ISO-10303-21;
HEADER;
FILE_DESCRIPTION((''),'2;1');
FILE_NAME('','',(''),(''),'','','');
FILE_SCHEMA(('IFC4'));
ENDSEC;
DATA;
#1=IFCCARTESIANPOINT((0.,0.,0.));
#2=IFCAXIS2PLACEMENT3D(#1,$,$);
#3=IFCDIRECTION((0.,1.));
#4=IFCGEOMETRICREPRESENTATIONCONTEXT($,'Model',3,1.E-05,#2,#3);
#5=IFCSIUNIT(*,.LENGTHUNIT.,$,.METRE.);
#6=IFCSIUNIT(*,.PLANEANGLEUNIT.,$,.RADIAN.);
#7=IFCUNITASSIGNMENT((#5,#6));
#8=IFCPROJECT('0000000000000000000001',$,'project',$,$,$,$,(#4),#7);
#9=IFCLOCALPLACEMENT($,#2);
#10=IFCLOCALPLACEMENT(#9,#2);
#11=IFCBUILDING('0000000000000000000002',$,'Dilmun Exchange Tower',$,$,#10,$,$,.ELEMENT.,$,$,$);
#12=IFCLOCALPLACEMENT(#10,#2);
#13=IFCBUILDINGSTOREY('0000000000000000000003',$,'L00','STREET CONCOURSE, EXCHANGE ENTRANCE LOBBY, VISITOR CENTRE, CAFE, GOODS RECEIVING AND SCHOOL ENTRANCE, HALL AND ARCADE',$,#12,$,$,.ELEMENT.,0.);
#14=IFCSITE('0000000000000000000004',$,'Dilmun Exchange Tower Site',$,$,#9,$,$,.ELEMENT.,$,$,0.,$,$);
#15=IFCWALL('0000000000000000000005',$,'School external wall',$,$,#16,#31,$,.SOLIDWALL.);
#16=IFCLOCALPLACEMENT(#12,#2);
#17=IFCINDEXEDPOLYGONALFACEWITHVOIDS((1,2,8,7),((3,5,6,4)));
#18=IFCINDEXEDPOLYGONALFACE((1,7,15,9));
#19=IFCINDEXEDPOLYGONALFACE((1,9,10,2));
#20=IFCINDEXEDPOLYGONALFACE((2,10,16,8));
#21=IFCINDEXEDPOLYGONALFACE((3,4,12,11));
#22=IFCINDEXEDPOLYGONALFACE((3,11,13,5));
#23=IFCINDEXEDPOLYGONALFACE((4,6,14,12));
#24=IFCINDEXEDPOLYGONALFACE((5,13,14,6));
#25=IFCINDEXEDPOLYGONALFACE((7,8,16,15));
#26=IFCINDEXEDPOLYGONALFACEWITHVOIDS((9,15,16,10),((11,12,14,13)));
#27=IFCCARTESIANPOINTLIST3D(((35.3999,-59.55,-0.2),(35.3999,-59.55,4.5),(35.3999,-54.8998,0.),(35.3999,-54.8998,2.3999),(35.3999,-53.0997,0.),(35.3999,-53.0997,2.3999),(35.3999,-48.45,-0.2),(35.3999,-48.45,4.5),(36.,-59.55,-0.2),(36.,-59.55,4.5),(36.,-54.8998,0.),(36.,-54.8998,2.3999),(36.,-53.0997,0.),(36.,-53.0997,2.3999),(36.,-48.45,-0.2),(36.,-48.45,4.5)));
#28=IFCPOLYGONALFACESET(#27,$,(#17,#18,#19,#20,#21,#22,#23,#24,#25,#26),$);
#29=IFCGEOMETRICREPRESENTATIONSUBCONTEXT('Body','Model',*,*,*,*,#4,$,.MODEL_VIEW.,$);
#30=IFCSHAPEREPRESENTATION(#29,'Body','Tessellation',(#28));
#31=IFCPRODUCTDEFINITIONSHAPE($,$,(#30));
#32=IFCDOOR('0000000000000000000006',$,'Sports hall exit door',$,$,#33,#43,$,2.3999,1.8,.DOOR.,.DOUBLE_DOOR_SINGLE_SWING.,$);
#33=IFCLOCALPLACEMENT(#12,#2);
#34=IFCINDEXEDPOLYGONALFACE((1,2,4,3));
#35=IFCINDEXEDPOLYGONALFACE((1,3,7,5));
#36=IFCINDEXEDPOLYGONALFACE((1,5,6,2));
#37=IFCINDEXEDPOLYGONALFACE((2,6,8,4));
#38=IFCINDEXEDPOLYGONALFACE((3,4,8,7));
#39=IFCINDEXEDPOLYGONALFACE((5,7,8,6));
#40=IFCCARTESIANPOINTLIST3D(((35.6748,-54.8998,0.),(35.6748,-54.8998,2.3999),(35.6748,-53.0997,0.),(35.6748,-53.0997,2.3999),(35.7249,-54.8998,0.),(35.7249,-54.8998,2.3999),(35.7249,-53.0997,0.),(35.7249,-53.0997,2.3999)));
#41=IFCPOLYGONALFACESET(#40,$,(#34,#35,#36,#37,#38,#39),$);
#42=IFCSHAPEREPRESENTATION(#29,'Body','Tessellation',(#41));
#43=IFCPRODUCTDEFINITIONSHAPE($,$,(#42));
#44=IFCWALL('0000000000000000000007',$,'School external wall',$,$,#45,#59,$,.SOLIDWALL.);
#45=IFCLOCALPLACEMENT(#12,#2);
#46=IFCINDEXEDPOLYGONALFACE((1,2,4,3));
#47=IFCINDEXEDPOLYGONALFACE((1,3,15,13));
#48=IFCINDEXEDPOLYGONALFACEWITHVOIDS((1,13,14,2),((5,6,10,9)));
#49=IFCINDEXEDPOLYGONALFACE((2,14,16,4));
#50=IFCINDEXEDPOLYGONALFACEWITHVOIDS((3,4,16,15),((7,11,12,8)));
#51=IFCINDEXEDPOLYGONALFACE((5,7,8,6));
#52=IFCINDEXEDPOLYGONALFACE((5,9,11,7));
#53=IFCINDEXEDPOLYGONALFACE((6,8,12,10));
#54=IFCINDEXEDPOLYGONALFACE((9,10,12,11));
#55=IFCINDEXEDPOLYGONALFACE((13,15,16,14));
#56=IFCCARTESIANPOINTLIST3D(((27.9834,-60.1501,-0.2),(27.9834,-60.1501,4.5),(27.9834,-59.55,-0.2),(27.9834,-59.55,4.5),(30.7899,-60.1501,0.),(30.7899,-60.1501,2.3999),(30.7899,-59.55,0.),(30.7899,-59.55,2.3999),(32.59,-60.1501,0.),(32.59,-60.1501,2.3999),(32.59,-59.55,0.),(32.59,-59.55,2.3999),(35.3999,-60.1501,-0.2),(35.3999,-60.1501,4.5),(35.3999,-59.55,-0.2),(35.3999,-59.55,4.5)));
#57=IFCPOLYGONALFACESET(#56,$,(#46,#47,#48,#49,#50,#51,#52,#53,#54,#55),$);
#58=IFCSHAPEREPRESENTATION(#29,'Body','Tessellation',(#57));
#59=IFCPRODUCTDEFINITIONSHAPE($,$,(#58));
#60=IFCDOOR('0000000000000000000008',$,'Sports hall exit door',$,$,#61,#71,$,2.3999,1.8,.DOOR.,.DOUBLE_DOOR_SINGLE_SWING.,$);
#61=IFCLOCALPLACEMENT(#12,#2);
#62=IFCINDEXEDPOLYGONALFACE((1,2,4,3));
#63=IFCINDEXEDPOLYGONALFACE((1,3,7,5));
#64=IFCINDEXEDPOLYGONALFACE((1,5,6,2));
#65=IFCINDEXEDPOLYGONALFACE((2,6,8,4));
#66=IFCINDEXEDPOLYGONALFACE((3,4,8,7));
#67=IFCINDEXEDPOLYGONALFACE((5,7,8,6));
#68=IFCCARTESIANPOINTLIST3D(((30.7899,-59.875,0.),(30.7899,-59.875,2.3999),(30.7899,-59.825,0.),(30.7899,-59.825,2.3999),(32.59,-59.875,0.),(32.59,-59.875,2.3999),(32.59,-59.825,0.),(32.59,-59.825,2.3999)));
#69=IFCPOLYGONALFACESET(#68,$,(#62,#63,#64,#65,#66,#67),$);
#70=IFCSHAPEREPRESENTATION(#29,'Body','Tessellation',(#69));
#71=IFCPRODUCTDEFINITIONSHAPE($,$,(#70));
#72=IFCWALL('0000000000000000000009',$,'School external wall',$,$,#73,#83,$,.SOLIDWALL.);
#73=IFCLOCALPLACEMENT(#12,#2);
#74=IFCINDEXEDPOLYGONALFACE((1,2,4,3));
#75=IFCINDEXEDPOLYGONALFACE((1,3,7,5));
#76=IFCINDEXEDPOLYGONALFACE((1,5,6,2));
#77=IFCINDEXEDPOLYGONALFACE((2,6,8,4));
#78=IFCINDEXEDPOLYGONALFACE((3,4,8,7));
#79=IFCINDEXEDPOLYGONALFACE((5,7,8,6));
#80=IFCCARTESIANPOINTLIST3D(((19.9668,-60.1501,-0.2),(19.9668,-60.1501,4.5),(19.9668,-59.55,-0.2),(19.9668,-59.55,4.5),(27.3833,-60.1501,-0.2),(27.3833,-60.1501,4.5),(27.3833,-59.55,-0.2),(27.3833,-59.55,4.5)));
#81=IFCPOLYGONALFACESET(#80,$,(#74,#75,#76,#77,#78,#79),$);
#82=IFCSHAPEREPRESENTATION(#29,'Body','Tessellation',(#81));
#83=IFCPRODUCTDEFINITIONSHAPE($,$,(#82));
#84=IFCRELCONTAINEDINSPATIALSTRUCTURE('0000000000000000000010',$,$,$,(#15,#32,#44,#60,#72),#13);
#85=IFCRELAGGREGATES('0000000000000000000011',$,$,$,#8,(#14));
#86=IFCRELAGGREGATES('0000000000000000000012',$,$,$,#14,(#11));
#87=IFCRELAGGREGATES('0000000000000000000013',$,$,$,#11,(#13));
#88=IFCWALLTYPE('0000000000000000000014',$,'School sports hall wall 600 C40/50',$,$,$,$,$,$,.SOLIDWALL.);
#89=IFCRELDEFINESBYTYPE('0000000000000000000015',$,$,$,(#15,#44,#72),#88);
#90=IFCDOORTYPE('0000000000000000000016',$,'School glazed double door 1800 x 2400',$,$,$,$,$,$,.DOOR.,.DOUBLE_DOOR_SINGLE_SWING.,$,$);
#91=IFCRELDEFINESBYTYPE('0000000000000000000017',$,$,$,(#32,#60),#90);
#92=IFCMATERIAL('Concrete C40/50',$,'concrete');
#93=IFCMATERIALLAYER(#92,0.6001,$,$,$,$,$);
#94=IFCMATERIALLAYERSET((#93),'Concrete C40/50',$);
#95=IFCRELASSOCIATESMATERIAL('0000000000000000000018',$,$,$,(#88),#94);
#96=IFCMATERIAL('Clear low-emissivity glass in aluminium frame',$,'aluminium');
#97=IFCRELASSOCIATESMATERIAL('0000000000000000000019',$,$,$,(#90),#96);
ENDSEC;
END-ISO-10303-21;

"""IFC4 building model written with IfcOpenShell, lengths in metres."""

from ifc_helpers import new_model, si_unit, direction, frame, frame_2d, origin, place, context, subcontext, project, spatial, rectangle, extrude, material, layer, layer_set, type_object, element, fill, save


model = new_model("IFC4")

# Units and contexts
model_context = context("Model", 3, precision=1e-05, world=origin(), true_north=direction((0.0, 1.0)))
body_context = subcontext(model_context, "Body", "Model", "MODEL_VIEW")
ifc_project = project(units=[si_unit("LENGTHUNIT", "METRE"), si_unit("PLANEANGLEUNIT", "RADIAN")], contexts=[model_context])

# Site, building, storey
site_placement = place(None, origin())
site = spatial("IfcSite", under=ifc_project, at=site_placement, Name="Dilmun Exchange Tower Site", CompositionType="ELEMENT", RefElevation=0.0)
building_placement = place(site_placement, origin())
building = spatial("IfcBuilding", under=site, at=building_placement, Name="Dilmun Exchange Tower", CompositionType="ELEMENT")
storey_placement = place(building_placement, origin())
storey = spatial("IfcBuildingStorey", under=building, at=storey_placement, Name="L00", Description="STREET CONCOURSE, EXCHANGE ENTRANCE LOBBY, VISITOR CENTRE, CAFE, GOODS RECEIVING AND SCHOOL ENTRANCE, HALL AND ARCADE", CompositionType="ELEMENT", Elevation=0.0)

# Shared definitions
ifc_material_1 = material(Name="Concrete C40/50", Category="concrete")

# Walls, openings, doors
ifc_layer = layer(ifc_material_1, 0.6001)
ifc_layer_set = layer_set([ifc_layer], Name="Concrete C40/50")
wall_type = type_object("IfcWallType", Name="School sports hall wall 600 C40/50", PredefinedType="SOLIDWALL", material=ifc_layer_set)
wall_1_placement = place(storey_placement, frame((35.7, -48.45, -0.2), z_axis=(0.0, 0.0, 1.0), x_axis=(0.0, -1.0, 0.0)))
wall_1 = element("IfcWall", 1, at=wall_1_placement, inside=storey, type_object=wall_type, Name="School external wall", PredefinedType="SOLIDWALL", context=body_context, shape_type="SweptSolid", body=[
    extrude(rectangle(XDim=11.1001, YDim=0.6001, at=frame_2d((5.55, 0.0))), origin(), (0.0, 0.0, 1.0), 4.7),
])
opening_1_placement = place(wall_1_placement, frame((4.6499, 0.0, 0.2)))
opening_1 = element("IfcOpeningElement", 2, at=opening_1_placement, cuts=wall_1, PredefinedType="OPENING", context=body_context, shape_type="SweptSolid", body=[
    extrude(rectangle(XDim=1.8, YDim=2.3999, at=frame_2d((0.8999, 1.2))), frame((0.0, 0.3101, 0.0), z_axis=(0.0, -1.0, 0.0), x_axis=(1.0, 0.0, 0.0)), (0.0, 0.0, 1.0), 0.6201),
])
ifc_material_2 = material(Name="Clear low-emissivity glass in aluminium frame", Category="aluminium")
door_type = type_object("IfcDoorType", Name="School glazed double door 1800 x 2400", OperationType="DOUBLE_DOOR_SINGLE_SWING", PredefinedType="DOOR", material=ifc_material_2)
door_1_placement = place(opening_1_placement, origin())
door_1 = element("IfcDoor", 3, at=door_1_placement, inside=storey, type_object=door_type, Name="Sports hall exit door", OperationType="DOUBLE_DOOR_SINGLE_SWING", OverallHeight=2.3999, OverallWidth=1.8, PredefinedType="DOOR", context=body_context, shape_type="SweptSolid", body=[
    extrude(rectangle(XDim=1.8, YDim=2.3999, at=frame_2d((0.8999, 1.2))), frame((0.0, 0.0249, 0.0), z_axis=(0.0, -1.0, 0.0), x_axis=(1.0, 0.0, 0.0)), (0.0, 0.0, 1.0), 0.05),
])
fill(opening_1, door_1)
wall_2_placement = place(storey_placement, frame((35.3999, -59.8501, -0.2), z_axis=(0.0, 0.0, 1.0), x_axis=(-1.0, 0.0, 0.0)))
wall_2 = element("IfcWall", 4, at=wall_2_placement, inside=storey, type_object=wall_type, Name="School external wall", PredefinedType="SOLIDWALL", context=body_context, shape_type="SweptSolid", body=[
    extrude(rectangle(XDim=7.4165, YDim=0.6001, at=frame_2d((3.7083, 0.0))), origin(), (0.0, 0.0, 1.0), 4.7),
])
opening_2_placement = place(wall_2_placement, frame((2.8101, 0.0, 0.2)))
opening_2 = element("IfcOpeningElement", 5, at=opening_2_placement, cuts=wall_2, PredefinedType="OPENING", context=body_context, shape_type="SweptSolid", body=[
    extrude(rectangle(XDim=1.8, YDim=2.3999, at=frame_2d((0.8999, 1.2))), frame((0.0, 0.3101, 0.0), z_axis=(0.0, -1.0, 0.0), x_axis=(1.0, 0.0, 0.0)), (0.0, 0.0, 1.0), 0.6201),
])
door_2_placement = place(opening_2_placement, origin())
door_2 = element("IfcDoor", 6, at=door_2_placement, inside=storey, type_object=door_type, Name="Sports hall exit door", OperationType="DOUBLE_DOOR_SINGLE_SWING", OverallHeight=2.3999, OverallWidth=1.8, PredefinedType="DOOR", context=body_context, shape_type="SweptSolid", body=[
    extrude(rectangle(XDim=1.8, YDim=2.3999, at=frame_2d((0.8999, 1.2))), frame((0.0, 0.0249, 0.0), z_axis=(0.0, -1.0, 0.0), x_axis=(1.0, 0.0, 0.0)), (0.0, 0.0, 1.0), 0.05),
])
fill(opening_2, door_2)

# Wall
wall_3_placement = place(storey_placement, frame((27.3833, -59.8501, -0.2), z_axis=(0.0, 0.0, 1.0), x_axis=(-1.0, 0.0, 0.0)))
element("IfcWall", 7, at=wall_3_placement, inside=storey, type_object=wall_type, Name="School external wall", PredefinedType="SOLIDWALL", context=body_context, shape_type="SweptSolid", body=[
    extrude(rectangle(XDim=7.4165, YDim=0.6001, at=frame_2d((3.7083, 0.0))), origin(), (0.0, 0.0, 1.0), 4.7),
])

save(model, "model.ifc")
